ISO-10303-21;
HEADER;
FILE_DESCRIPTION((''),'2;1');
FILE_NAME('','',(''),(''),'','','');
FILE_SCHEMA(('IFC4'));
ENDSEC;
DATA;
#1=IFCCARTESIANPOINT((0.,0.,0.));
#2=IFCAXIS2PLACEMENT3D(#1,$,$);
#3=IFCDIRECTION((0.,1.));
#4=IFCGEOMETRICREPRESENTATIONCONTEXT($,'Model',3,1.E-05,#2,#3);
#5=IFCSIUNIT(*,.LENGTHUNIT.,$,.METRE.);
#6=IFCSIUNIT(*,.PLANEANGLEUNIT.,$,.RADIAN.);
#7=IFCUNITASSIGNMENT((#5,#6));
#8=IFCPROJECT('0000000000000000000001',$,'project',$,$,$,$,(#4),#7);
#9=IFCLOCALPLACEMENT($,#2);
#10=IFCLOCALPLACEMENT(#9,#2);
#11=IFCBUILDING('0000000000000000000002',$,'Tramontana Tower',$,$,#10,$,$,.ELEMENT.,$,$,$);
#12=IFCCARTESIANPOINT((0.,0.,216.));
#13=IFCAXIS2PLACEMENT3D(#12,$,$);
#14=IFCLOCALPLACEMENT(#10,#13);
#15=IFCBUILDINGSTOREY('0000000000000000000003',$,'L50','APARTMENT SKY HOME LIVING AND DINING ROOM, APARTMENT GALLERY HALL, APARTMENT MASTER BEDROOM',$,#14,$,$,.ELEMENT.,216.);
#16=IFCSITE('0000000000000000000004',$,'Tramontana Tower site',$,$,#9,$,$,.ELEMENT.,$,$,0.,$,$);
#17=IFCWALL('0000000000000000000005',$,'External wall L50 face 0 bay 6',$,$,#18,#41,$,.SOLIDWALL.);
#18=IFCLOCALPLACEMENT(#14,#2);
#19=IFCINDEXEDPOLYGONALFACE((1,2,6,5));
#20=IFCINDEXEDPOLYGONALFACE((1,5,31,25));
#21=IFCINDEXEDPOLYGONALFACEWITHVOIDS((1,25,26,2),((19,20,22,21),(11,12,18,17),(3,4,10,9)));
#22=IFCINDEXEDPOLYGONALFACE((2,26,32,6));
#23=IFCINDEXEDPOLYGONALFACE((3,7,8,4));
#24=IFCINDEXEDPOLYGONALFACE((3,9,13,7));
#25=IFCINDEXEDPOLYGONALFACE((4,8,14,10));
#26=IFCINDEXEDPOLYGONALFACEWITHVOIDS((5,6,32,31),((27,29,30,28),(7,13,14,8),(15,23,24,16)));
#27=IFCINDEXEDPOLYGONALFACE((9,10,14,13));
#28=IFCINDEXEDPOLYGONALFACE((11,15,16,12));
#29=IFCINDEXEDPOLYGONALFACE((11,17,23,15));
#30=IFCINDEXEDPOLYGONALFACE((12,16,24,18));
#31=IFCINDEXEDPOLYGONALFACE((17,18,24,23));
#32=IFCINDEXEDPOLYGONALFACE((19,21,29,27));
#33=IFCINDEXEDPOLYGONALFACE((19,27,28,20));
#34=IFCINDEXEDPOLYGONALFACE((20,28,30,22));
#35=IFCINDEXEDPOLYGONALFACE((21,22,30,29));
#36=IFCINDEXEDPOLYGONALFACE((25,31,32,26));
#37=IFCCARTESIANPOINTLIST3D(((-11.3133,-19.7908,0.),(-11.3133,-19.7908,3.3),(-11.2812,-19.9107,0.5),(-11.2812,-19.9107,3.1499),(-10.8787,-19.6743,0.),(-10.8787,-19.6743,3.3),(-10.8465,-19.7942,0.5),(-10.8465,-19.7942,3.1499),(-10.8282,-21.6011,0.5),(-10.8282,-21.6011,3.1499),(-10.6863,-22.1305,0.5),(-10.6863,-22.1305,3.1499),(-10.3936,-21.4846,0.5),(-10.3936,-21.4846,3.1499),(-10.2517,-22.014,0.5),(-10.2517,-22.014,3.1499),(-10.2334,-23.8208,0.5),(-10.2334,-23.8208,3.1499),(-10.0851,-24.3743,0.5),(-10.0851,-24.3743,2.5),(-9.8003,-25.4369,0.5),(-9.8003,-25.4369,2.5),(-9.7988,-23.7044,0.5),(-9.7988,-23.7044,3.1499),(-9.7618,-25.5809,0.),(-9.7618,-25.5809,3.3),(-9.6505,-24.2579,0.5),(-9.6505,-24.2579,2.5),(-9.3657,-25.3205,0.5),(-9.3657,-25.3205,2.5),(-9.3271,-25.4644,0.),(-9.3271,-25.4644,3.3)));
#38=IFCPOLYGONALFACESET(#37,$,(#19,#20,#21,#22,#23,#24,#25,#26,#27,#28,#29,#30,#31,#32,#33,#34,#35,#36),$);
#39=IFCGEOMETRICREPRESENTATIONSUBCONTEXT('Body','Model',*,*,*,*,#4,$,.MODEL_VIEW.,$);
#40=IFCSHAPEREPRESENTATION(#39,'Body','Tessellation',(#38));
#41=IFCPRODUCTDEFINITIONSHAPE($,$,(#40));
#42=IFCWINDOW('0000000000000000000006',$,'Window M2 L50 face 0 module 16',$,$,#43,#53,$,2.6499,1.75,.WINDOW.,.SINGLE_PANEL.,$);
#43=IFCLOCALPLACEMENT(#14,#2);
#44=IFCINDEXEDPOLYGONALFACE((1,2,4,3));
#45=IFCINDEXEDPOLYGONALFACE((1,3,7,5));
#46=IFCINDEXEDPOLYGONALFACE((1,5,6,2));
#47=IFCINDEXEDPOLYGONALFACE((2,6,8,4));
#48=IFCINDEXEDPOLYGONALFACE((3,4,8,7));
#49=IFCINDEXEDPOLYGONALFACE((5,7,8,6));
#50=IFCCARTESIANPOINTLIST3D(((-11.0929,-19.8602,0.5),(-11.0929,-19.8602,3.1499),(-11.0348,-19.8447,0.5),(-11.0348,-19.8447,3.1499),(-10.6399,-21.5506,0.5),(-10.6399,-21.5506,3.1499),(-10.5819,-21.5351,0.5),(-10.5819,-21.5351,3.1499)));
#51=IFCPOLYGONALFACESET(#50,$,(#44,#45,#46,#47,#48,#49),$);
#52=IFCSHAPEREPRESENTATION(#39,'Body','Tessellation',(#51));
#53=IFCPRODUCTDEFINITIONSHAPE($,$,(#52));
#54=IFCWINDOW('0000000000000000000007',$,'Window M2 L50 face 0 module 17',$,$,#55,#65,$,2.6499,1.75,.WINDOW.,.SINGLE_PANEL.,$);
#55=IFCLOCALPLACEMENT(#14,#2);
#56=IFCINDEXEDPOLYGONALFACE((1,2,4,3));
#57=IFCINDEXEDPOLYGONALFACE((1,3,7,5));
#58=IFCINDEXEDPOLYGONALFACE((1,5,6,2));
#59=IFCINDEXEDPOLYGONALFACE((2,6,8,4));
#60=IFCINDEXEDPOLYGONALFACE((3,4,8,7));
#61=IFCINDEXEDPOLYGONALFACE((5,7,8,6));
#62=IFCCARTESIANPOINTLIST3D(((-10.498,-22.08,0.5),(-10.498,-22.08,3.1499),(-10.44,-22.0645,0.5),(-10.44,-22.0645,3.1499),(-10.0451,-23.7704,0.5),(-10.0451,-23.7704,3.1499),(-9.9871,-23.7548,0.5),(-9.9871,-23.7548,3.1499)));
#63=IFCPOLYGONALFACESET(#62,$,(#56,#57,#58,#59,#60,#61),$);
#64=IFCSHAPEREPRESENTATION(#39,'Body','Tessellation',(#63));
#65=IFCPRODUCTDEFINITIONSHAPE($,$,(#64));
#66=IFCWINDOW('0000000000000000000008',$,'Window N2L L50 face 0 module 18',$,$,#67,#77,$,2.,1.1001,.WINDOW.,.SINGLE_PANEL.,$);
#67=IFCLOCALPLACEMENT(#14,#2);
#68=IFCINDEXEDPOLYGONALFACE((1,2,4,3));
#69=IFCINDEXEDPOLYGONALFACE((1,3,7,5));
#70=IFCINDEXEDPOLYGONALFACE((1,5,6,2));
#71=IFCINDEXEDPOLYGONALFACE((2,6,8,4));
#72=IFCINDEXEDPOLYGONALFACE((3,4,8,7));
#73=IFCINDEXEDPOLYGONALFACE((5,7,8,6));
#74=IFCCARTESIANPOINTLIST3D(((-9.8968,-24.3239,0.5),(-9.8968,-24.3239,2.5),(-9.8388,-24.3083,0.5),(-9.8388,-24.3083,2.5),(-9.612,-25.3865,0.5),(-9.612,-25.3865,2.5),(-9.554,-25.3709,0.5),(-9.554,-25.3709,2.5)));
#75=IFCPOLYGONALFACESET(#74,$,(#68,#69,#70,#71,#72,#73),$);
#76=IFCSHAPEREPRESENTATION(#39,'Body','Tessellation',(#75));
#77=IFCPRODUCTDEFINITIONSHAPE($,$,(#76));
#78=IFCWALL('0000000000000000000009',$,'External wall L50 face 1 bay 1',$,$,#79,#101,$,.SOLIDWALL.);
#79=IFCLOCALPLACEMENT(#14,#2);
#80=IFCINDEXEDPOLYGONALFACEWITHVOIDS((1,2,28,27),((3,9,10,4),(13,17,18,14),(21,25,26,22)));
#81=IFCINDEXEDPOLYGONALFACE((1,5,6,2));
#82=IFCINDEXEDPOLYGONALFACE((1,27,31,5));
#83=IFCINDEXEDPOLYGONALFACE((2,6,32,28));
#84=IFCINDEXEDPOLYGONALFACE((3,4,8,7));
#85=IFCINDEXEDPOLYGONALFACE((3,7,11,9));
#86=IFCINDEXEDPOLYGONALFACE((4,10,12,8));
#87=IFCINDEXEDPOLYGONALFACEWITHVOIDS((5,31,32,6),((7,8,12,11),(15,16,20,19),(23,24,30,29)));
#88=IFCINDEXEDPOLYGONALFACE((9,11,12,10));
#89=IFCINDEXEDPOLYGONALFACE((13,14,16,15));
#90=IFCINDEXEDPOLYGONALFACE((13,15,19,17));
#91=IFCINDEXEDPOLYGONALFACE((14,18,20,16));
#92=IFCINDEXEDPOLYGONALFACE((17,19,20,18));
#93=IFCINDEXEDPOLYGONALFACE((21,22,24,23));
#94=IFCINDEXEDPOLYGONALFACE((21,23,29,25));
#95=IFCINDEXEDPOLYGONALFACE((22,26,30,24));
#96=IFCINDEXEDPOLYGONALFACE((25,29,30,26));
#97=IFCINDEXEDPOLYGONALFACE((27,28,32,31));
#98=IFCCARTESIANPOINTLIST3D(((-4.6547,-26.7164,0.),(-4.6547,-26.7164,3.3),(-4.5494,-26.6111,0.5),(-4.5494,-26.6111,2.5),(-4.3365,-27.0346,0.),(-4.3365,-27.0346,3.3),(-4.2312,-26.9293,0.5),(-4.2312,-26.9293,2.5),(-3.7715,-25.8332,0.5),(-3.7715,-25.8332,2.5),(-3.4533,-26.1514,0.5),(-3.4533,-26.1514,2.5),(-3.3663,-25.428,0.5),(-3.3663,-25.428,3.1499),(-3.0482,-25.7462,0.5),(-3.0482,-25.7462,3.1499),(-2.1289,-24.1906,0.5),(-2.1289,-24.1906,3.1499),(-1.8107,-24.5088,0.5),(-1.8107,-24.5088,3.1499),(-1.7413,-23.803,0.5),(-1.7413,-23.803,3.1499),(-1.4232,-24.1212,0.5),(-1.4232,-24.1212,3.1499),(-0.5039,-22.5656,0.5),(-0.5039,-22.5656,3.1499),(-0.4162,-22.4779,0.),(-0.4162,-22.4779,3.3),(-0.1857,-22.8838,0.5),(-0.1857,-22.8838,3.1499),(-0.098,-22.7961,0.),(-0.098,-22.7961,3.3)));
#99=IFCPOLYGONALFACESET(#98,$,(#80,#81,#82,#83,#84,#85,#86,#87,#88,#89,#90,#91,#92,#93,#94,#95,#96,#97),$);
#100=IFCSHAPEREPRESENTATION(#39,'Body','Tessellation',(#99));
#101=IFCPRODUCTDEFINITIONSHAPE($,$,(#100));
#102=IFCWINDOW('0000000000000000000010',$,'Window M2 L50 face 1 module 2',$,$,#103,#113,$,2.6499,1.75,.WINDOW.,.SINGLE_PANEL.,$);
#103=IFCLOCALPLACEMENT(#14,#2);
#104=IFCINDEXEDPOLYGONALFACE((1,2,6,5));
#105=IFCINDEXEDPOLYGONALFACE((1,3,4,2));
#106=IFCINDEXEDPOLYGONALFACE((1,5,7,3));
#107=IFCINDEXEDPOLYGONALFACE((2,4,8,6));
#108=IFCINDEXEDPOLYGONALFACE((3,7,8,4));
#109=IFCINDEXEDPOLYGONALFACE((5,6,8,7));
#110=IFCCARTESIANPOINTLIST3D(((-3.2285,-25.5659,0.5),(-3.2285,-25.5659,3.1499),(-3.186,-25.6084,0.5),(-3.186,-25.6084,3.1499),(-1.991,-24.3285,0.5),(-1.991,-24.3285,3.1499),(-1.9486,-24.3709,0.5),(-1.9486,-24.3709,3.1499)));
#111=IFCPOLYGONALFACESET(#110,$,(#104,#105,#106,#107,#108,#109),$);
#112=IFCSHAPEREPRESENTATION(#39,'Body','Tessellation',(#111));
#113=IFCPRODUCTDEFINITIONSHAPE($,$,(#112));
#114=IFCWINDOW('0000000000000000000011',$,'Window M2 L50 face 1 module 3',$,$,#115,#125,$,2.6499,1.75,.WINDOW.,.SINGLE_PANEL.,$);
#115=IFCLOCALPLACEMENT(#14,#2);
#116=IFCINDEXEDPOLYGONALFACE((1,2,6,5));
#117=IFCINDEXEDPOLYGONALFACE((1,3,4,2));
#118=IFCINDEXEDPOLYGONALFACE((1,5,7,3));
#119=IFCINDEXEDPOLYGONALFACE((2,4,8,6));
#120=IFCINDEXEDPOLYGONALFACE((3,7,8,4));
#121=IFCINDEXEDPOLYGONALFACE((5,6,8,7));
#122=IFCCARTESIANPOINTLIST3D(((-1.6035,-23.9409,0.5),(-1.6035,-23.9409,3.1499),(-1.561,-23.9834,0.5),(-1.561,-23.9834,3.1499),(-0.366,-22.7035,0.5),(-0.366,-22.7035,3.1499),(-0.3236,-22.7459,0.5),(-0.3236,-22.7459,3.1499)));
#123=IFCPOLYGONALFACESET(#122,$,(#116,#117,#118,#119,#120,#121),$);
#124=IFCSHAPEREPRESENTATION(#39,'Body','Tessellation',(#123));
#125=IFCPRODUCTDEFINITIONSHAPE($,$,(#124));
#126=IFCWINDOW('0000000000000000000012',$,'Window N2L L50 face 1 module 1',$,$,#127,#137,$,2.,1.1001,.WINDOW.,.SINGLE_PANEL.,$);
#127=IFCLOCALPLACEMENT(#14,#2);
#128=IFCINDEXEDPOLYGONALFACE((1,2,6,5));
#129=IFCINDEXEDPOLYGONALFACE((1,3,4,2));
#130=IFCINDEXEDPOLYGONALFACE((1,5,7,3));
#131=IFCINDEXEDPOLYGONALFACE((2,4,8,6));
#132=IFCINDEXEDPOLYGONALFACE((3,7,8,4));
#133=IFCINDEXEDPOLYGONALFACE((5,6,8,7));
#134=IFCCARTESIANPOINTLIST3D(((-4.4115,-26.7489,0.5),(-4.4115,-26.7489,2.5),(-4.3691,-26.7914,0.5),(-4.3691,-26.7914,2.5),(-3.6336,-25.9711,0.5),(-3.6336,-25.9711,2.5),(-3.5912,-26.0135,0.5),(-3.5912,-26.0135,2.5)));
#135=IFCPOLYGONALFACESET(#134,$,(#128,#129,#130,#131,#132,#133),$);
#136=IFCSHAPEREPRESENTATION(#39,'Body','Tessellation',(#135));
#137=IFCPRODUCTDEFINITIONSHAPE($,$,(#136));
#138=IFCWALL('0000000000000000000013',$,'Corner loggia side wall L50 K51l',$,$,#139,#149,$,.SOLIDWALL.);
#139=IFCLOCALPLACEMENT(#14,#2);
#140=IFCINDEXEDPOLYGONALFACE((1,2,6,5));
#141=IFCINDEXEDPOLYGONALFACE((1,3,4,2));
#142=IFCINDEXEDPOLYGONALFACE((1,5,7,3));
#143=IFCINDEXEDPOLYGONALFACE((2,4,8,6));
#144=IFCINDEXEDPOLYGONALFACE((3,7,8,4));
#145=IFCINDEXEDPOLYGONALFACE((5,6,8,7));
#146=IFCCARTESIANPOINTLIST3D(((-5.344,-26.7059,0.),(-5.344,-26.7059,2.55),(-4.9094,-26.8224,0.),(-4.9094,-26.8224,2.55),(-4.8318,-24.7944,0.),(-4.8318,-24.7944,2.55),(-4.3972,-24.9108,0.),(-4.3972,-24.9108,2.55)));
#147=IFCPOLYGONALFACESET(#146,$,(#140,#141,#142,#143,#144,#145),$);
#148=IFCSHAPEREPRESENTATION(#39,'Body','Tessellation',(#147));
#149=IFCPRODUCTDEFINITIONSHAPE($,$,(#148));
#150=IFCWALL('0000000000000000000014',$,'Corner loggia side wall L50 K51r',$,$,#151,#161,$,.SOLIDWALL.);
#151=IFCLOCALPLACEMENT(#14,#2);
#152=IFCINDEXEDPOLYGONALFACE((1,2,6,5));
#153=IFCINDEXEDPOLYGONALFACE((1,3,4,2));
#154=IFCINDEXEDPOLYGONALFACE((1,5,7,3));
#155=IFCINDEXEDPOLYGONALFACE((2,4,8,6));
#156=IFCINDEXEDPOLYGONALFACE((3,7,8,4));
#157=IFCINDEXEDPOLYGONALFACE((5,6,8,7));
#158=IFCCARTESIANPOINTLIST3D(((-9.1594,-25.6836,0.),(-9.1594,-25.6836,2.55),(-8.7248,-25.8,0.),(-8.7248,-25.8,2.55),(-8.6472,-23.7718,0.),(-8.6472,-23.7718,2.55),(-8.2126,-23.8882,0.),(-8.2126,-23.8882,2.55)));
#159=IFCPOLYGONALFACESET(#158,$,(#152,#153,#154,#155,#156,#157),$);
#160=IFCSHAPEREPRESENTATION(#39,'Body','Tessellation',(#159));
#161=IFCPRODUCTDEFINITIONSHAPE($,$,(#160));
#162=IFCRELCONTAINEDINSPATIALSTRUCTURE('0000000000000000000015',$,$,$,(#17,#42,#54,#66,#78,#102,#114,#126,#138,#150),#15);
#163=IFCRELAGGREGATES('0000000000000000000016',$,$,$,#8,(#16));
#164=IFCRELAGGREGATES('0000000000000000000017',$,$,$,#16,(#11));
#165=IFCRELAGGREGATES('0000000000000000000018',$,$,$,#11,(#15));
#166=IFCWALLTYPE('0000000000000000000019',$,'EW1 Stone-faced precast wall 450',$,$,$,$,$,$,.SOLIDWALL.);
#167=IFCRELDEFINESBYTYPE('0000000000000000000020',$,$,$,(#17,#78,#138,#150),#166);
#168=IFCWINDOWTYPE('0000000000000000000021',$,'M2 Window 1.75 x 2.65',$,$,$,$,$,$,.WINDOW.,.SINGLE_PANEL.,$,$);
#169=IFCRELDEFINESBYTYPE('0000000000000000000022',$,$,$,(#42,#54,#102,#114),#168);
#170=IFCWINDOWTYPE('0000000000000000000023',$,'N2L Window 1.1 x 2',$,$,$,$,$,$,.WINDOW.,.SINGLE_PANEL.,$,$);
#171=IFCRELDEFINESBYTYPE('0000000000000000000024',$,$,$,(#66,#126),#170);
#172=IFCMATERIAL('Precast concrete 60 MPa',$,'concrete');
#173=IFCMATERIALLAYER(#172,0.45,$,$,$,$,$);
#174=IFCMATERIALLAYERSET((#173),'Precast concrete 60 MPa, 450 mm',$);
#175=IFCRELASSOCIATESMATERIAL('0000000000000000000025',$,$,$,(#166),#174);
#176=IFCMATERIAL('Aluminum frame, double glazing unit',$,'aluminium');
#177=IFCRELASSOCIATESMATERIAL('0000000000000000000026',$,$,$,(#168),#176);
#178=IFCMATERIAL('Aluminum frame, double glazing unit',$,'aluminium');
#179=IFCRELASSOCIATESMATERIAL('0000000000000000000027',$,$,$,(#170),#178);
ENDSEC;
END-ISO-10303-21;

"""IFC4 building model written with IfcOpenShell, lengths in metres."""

from ifc_helpers import new_model, si_unit, direction, frame, frame_2d, origin, place, context, subcontext, project, spatial, rectangle, extrude, material, layer, layer_set, type_object, element, fill, save


model = new_model("IFC4")

# Units and contexts
model_context = context("Model", 3, precision=1e-05, world=origin(), true_north=direction((0.0, 1.0)))
body_context = subcontext(model_context, "Body", "Model", "MODEL_VIEW")
ifc_project = project(units=[si_unit("LENGTHUNIT", "METRE"), si_unit("PLANEANGLEUNIT", "RADIAN")], contexts=[model_context])

# Site, building, storey
site_placement = place(None, origin())
site = spatial("IfcSite", under=ifc_project, at=site_placement, Name="Tramontana Tower site", CompositionType="ELEMENT", RefElevation=0.0)
building_placement = place(site_placement, origin())
building = spatial("IfcBuilding", under=site, at=building_placement, Name="Tramontana Tower", CompositionType="ELEMENT")
storey_placement = place(building_placement, frame((0.0, 0.0, 216.0)))
storey = spatial("IfcBuildingStorey", under=building, at=storey_placement, Name="L50", Description="APARTMENT SKY HOME LIVING AND DINING ROOM, APARTMENT GALLERY HALL, APARTMENT MASTER BEDROOM", CompositionType="ELEMENT", Elevation=216.0)

# Walls, openings, windows
ifc_material_1 = material(Name="Precast concrete 60 MPa", Category="concrete")
ifc_layer_1 = layer(ifc_material_1, 0.45)
ifc_layer_set_1 = layer_set([ifc_layer_1], Name="Precast concrete 60 MPa, 450 mm")
wall_type_1 = type_object("IfcWallType", Name="EW1 Stone-faced precast wall 450", PredefinedType="SOLIDWALL", material=ifc_layer_set_1)
wall_1_placement = place(storey_placement, frame((-11.0959, -19.7327, 0.0), z_axis=(0.0, 0.0, 1.0), x_axis=(0.258831, -0.965923, 0.0)))
wall_1 = element("IfcWall", 1, at=wall_1_placement, inside=storey, type_object=wall_type_1, Name="External wall L50 face 0 bay 6", PredefinedType="SOLIDWALL", context=body_context, shape_type="SweptSolid", body=[
    extrude(rectangle(XDim=5.9944, YDim=0.45, at=frame_2d((2.9971, 0.0))), origin(), (0.0, 0.0, 1.0), 3.3),
])
opening_1_placement = place(wall_1_placement, frame((0.124, 0.0, 0.5)))
opening_1 = element("IfcOpeningElement", 2, at=opening_1_placement, cuts=wall_1, PredefinedType="OPENING", context=body_context, shape_type="SweptSolid", body=[
    extrude(rectangle(XDim=1.75, YDim=2.6499, at=frame_2d((0.875, 1.325))), frame((0.0, 0.2349, 0.0), z_axis=(0.0, -1.0, 0.0), x_axis=(1.0, 0.0, 0.0)), (0.0, 0.0, 1.0), 0.47),
])
opening_2_placement = place(wall_1_placement, frame((2.4221, 0.0, 0.5)))
opening_2 = element("IfcOpeningElement", 3, at=opening_2_placement, cuts=wall_1, PredefinedType="OPENING", context=body_context, shape_type="SweptSolid", body=[
    extrude(rectangle(XDim=1.75, YDim=2.6499, at=frame_2d((0.875, 1.325))), frame((0.0, 0.2349, 0.0), z_axis=(0.0, -1.0, 0.0), x_axis=(1.0, 0.0, 0.0)), (0.0, 0.0, 1.0), 0.47),
])
opening_3_placement = place(wall_1_placement, frame((4.7451, 0.0, 0.5)))
opening_3 = element("IfcOpeningElement", 4, at=opening_3_placement, cuts=wall_1, PredefinedType="OPENING", context=body_context, shape_type="SweptSolid", body=[
    extrude(rectangle(XDim=1.1001, YDim=2.0, at=frame_2d((0.55, 1.0))), frame((0.0, 0.2349, 0.0), z_axis=(0.0, -1.0, 0.0), x_axis=(1.0, 0.0, 0.0)), (0.0, 0.0, 1.0), 0.47),
])
ifc_material_2 = material(Name="Aluminum frame, double glazing unit", Category="aluminium")
window_type_1 = type_object("IfcWindowType", Name="M2 Window 1.75 x 2.65", PartitioningType="SINGLE_PANEL", PredefinedType="WINDOW", material=ifc_material_2)
window_1_placement = place(opening_1_placement, origin())
window_1 = element("IfcWindow", 5, at=window_1_placement, inside=storey, type_object=window_type_1, Name="Window M2 L50 face 0 module 16", OverallHeight=2.6499, OverallWidth=1.75, PartitioningType="SINGLE_PANEL", PredefinedType="WINDOW", context=body_context, shape_type="SweptSolid", body=[
    extrude(rectangle(XDim=1.75, YDim=2.6499, at=frame_2d((0.875, 1.325))), frame((0.0, 0.03, 0.0), z_axis=(0.0, -1.0, 0.0), x_axis=(1.0, 0.0, 0.0)), (0.0, 0.0, 1.0), 0.0601),
])
fill(opening_1, window_1)
window_2_placement = place(opening_2_placement, origin())
window_2 = element("IfcWindow", 6, at=window_2_placement, inside=storey, type_object=window_type_1, Name="Window M2 L50 face 0 module 17", OverallHeight=2.6499, OverallWidth=1.75, PartitioningType="SINGLE_PANEL", PredefinedType="WINDOW", context=body_context, shape_type="SweptSolid", body=[
    extrude(rectangle(XDim=1.75, YDim=2.6499, at=frame_2d((0.875, 1.325))), frame((0.0, 0.03, 0.0), z_axis=(0.0, -1.0, 0.0), x_axis=(1.0, 0.0, 0.0)), (0.0, 0.0, 1.0), 0.0601),
])
fill(opening_2, window_2)
ifc_material_3 = material(Name="Aluminum frame, double glazing unit", Category="aluminium")
window_type_2 = type_object("IfcWindowType", Name="N2L Window 1.1 x 2", PartitioningType="SINGLE_PANEL", PredefinedType="WINDOW", material=ifc_material_3)
window_3_placement = place(opening_3_placement, origin())
window_3 = element("IfcWindow", 7, at=window_3_placement, inside=storey, type_object=window_type_2, Name="Window N2L L50 face 0 module 18", OverallHeight=2.0, OverallWidth=1.1001, PartitioningType="SINGLE_PANEL", PredefinedType="WINDOW", context=body_context, shape_type="SweptSolid", body=[
    extrude(rectangle(XDim=1.1001, YDim=2.0, at=frame_2d((0.55, 1.0))), frame((0.0, 0.03, 0.0), z_axis=(0.0, -1.0, 0.0), x_axis=(1.0, 0.0, 0.0)), (0.0, 0.0, 1.0), 0.0601),
])
fill(opening_3, window_3)
wall_2_placement = place(storey_placement, frame((-4.4956, -26.8755, 0.0), z_axis=(0.0, 0.0, 1.0), x_axis=(0.707107, 0.707107, 0.0)))
wall_2 = element("IfcWall", 8, at=wall_2_placement, inside=storey, type_object=wall_type_1, Name="External wall L50 face 1 bay 1", PredefinedType="SOLIDWALL", context=body_context, shape_type="SweptSolid", body=[
    extrude(rectangle(XDim=5.9941, YDim=0.45, at=frame_2d((2.9971, 0.0))), origin(), (0.0, 0.0, 1.0), 3.3),
])
opening_4_placement = place(wall_2_placement, frame((0.1489, 0.0, 0.5)))
opening_4 = element("IfcOpeningElement", 9, at=opening_4_placement, cuts=wall_2, PredefinedType="OPENING", context=body_context, shape_type="SweptSolid", body=[
    extrude(rectangle(XDim=1.1001, YDim=2.0, at=frame_2d((0.55, 1.0))), frame((0.0, 0.2349, 0.0), z_axis=(0.0, -1.0, 0.0), x_axis=(1.0, 0.0, 0.0)), (0.0, 0.0, 1.0), 0.47),
])
opening_5_placement = place(wall_2_placement, frame((1.822, 0.0, 0.5)))
opening_5 = element("IfcOpeningElement", 10, at=opening_5_placement, cuts=wall_2, PredefinedType="OPENING", context=body_context, shape_type="SweptSolid", body=[
    extrude(rectangle(XDim=1.75, YDim=2.6499, at=frame_2d((0.875, 1.325))), frame((0.0, 0.2349, 0.0), z_axis=(0.0, -1.0, 0.0), x_axis=(1.0, 0.0, 0.0)), (0.0, 0.0, 1.0), 0.47),
])
opening_6_placement = place(wall_2_placement, frame((4.1201, 0.0, 0.5)))
opening_6 = element("IfcOpeningElement", 11, at=opening_6_placement, cuts=wall_2, PredefinedType="OPENING", context=body_context, shape_type="SweptSolid", body=[
    extrude(rectangle(XDim=1.75, YDim=2.6499, at=frame_2d((0.875, 1.325))), frame((0.0, 0.2349, 0.0), z_axis=(0.0, -1.0, 0.0), x_axis=(1.0, 0.0, 0.0)), (0.0, 0.0, 1.0), 0.47),
])
window_4_placement = place(opening_5_placement, origin())
window_4 = element("IfcWindow", 12, at=window_4_placement, inside=storey, type_object=window_type_1, Name="Window M2 L50 face 1 module 2", OverallHeight=2.6499, OverallWidth=1.75, PartitioningType="SINGLE_PANEL", PredefinedType="WINDOW", context=body_context, shape_type="SweptSolid", body=[
    extrude(rectangle(XDim=1.75, YDim=2.6499, at=frame_2d((0.875, 1.325))), frame((0.0, 0.03, 0.0), z_axis=(0.0, -1.0, 0.0), x_axis=(1.0, 0.0, 0.0)), (0.0, 0.0, 1.0), 0.0601),
])
fill(opening_5, window_4)
window_5_placement = place(opening_6_placement, origin())
window_5 = element("IfcWindow", 13, at=window_5_placement, inside=storey, type_object=window_type_1, Name="Window M2 L50 face 1 module 3", OverallHeight=2.6499, OverallWidth=1.75, PartitioningType="SINGLE_PANEL", PredefinedType="WINDOW", context=body_context, shape_type="SweptSolid", body=[
    extrude(rectangle(XDim=1.75, YDim=2.6499, at=frame_2d((0.875, 1.325))), frame((0.0, 0.03, 0.0), z_axis=(0.0, -1.0, 0.0), x_axis=(1.0, 0.0, 0.0)), (0.0, 0.0, 1.0), 0.0601),
])
fill(opening_6, window_5)
window_6_placement = place(opening_4_placement, origin())
window_6 = element("IfcWindow", 14, at=window_6_placement, inside=storey, type_object=window_type_2, Name="Window N2L L50 face 1 module 1", OverallHeight=2.0, OverallWidth=1.1001, PartitioningType="SINGLE_PANEL", PredefinedType="WINDOW", context=body_context, shape_type="SweptSolid", body=[
    extrude(rectangle(XDim=1.1001, YDim=2.0, at=frame_2d((0.55, 1.0))), frame((0.0, 0.03, 0.0), z_axis=(0.0, -1.0, 0.0), x_axis=(1.0, 0.0, 0.0)), (0.0, 0.0, 1.0), 0.0601),
])
fill(opening_4, window_6)

# Walls
wall_3_placement = place(storey_placement, frame((-5.1267, -26.7642, 0.0), z_axis=(0.0, 0.0, 1.0), x_axis=(0.258814, 0.965927, 0.0)))
element("IfcWall", 15, at=wall_3_placement, inside=storey, type_object=wall_type_1, Name="Corner loggia side wall L50 K51l", PredefinedType="SOLIDWALL", context=body_context, shape_type="SweptSolid", body=[
    extrude(rectangle(XDim=1.979, YDim=0.45, at=frame_2d((0.9895, 0.0))), origin(), (0.0, 0.0, 1.0), 2.55),
])
wall_4_placement = place(storey_placement, frame((-8.9421, -25.7419, 0.0), z_axis=(0.0, 0.0, 1.0), x_axis=(0.258783, 0.965935, 0.0)))
element("IfcWall", 16, at=wall_4_placement, inside=storey, type_object=wall_type_1, Name="Corner loggia side wall L50 K51r", PredefinedType="SOLIDWALL", context=body_context, shape_type="SweptSolid", body=[
    extrude(rectangle(XDim=1.9792, YDim=0.45, at=frame_2d((0.9897, 0.0))), origin(), (0.0, 0.0, 1.0), 2.55),
])

save(model, "model.ifc")
